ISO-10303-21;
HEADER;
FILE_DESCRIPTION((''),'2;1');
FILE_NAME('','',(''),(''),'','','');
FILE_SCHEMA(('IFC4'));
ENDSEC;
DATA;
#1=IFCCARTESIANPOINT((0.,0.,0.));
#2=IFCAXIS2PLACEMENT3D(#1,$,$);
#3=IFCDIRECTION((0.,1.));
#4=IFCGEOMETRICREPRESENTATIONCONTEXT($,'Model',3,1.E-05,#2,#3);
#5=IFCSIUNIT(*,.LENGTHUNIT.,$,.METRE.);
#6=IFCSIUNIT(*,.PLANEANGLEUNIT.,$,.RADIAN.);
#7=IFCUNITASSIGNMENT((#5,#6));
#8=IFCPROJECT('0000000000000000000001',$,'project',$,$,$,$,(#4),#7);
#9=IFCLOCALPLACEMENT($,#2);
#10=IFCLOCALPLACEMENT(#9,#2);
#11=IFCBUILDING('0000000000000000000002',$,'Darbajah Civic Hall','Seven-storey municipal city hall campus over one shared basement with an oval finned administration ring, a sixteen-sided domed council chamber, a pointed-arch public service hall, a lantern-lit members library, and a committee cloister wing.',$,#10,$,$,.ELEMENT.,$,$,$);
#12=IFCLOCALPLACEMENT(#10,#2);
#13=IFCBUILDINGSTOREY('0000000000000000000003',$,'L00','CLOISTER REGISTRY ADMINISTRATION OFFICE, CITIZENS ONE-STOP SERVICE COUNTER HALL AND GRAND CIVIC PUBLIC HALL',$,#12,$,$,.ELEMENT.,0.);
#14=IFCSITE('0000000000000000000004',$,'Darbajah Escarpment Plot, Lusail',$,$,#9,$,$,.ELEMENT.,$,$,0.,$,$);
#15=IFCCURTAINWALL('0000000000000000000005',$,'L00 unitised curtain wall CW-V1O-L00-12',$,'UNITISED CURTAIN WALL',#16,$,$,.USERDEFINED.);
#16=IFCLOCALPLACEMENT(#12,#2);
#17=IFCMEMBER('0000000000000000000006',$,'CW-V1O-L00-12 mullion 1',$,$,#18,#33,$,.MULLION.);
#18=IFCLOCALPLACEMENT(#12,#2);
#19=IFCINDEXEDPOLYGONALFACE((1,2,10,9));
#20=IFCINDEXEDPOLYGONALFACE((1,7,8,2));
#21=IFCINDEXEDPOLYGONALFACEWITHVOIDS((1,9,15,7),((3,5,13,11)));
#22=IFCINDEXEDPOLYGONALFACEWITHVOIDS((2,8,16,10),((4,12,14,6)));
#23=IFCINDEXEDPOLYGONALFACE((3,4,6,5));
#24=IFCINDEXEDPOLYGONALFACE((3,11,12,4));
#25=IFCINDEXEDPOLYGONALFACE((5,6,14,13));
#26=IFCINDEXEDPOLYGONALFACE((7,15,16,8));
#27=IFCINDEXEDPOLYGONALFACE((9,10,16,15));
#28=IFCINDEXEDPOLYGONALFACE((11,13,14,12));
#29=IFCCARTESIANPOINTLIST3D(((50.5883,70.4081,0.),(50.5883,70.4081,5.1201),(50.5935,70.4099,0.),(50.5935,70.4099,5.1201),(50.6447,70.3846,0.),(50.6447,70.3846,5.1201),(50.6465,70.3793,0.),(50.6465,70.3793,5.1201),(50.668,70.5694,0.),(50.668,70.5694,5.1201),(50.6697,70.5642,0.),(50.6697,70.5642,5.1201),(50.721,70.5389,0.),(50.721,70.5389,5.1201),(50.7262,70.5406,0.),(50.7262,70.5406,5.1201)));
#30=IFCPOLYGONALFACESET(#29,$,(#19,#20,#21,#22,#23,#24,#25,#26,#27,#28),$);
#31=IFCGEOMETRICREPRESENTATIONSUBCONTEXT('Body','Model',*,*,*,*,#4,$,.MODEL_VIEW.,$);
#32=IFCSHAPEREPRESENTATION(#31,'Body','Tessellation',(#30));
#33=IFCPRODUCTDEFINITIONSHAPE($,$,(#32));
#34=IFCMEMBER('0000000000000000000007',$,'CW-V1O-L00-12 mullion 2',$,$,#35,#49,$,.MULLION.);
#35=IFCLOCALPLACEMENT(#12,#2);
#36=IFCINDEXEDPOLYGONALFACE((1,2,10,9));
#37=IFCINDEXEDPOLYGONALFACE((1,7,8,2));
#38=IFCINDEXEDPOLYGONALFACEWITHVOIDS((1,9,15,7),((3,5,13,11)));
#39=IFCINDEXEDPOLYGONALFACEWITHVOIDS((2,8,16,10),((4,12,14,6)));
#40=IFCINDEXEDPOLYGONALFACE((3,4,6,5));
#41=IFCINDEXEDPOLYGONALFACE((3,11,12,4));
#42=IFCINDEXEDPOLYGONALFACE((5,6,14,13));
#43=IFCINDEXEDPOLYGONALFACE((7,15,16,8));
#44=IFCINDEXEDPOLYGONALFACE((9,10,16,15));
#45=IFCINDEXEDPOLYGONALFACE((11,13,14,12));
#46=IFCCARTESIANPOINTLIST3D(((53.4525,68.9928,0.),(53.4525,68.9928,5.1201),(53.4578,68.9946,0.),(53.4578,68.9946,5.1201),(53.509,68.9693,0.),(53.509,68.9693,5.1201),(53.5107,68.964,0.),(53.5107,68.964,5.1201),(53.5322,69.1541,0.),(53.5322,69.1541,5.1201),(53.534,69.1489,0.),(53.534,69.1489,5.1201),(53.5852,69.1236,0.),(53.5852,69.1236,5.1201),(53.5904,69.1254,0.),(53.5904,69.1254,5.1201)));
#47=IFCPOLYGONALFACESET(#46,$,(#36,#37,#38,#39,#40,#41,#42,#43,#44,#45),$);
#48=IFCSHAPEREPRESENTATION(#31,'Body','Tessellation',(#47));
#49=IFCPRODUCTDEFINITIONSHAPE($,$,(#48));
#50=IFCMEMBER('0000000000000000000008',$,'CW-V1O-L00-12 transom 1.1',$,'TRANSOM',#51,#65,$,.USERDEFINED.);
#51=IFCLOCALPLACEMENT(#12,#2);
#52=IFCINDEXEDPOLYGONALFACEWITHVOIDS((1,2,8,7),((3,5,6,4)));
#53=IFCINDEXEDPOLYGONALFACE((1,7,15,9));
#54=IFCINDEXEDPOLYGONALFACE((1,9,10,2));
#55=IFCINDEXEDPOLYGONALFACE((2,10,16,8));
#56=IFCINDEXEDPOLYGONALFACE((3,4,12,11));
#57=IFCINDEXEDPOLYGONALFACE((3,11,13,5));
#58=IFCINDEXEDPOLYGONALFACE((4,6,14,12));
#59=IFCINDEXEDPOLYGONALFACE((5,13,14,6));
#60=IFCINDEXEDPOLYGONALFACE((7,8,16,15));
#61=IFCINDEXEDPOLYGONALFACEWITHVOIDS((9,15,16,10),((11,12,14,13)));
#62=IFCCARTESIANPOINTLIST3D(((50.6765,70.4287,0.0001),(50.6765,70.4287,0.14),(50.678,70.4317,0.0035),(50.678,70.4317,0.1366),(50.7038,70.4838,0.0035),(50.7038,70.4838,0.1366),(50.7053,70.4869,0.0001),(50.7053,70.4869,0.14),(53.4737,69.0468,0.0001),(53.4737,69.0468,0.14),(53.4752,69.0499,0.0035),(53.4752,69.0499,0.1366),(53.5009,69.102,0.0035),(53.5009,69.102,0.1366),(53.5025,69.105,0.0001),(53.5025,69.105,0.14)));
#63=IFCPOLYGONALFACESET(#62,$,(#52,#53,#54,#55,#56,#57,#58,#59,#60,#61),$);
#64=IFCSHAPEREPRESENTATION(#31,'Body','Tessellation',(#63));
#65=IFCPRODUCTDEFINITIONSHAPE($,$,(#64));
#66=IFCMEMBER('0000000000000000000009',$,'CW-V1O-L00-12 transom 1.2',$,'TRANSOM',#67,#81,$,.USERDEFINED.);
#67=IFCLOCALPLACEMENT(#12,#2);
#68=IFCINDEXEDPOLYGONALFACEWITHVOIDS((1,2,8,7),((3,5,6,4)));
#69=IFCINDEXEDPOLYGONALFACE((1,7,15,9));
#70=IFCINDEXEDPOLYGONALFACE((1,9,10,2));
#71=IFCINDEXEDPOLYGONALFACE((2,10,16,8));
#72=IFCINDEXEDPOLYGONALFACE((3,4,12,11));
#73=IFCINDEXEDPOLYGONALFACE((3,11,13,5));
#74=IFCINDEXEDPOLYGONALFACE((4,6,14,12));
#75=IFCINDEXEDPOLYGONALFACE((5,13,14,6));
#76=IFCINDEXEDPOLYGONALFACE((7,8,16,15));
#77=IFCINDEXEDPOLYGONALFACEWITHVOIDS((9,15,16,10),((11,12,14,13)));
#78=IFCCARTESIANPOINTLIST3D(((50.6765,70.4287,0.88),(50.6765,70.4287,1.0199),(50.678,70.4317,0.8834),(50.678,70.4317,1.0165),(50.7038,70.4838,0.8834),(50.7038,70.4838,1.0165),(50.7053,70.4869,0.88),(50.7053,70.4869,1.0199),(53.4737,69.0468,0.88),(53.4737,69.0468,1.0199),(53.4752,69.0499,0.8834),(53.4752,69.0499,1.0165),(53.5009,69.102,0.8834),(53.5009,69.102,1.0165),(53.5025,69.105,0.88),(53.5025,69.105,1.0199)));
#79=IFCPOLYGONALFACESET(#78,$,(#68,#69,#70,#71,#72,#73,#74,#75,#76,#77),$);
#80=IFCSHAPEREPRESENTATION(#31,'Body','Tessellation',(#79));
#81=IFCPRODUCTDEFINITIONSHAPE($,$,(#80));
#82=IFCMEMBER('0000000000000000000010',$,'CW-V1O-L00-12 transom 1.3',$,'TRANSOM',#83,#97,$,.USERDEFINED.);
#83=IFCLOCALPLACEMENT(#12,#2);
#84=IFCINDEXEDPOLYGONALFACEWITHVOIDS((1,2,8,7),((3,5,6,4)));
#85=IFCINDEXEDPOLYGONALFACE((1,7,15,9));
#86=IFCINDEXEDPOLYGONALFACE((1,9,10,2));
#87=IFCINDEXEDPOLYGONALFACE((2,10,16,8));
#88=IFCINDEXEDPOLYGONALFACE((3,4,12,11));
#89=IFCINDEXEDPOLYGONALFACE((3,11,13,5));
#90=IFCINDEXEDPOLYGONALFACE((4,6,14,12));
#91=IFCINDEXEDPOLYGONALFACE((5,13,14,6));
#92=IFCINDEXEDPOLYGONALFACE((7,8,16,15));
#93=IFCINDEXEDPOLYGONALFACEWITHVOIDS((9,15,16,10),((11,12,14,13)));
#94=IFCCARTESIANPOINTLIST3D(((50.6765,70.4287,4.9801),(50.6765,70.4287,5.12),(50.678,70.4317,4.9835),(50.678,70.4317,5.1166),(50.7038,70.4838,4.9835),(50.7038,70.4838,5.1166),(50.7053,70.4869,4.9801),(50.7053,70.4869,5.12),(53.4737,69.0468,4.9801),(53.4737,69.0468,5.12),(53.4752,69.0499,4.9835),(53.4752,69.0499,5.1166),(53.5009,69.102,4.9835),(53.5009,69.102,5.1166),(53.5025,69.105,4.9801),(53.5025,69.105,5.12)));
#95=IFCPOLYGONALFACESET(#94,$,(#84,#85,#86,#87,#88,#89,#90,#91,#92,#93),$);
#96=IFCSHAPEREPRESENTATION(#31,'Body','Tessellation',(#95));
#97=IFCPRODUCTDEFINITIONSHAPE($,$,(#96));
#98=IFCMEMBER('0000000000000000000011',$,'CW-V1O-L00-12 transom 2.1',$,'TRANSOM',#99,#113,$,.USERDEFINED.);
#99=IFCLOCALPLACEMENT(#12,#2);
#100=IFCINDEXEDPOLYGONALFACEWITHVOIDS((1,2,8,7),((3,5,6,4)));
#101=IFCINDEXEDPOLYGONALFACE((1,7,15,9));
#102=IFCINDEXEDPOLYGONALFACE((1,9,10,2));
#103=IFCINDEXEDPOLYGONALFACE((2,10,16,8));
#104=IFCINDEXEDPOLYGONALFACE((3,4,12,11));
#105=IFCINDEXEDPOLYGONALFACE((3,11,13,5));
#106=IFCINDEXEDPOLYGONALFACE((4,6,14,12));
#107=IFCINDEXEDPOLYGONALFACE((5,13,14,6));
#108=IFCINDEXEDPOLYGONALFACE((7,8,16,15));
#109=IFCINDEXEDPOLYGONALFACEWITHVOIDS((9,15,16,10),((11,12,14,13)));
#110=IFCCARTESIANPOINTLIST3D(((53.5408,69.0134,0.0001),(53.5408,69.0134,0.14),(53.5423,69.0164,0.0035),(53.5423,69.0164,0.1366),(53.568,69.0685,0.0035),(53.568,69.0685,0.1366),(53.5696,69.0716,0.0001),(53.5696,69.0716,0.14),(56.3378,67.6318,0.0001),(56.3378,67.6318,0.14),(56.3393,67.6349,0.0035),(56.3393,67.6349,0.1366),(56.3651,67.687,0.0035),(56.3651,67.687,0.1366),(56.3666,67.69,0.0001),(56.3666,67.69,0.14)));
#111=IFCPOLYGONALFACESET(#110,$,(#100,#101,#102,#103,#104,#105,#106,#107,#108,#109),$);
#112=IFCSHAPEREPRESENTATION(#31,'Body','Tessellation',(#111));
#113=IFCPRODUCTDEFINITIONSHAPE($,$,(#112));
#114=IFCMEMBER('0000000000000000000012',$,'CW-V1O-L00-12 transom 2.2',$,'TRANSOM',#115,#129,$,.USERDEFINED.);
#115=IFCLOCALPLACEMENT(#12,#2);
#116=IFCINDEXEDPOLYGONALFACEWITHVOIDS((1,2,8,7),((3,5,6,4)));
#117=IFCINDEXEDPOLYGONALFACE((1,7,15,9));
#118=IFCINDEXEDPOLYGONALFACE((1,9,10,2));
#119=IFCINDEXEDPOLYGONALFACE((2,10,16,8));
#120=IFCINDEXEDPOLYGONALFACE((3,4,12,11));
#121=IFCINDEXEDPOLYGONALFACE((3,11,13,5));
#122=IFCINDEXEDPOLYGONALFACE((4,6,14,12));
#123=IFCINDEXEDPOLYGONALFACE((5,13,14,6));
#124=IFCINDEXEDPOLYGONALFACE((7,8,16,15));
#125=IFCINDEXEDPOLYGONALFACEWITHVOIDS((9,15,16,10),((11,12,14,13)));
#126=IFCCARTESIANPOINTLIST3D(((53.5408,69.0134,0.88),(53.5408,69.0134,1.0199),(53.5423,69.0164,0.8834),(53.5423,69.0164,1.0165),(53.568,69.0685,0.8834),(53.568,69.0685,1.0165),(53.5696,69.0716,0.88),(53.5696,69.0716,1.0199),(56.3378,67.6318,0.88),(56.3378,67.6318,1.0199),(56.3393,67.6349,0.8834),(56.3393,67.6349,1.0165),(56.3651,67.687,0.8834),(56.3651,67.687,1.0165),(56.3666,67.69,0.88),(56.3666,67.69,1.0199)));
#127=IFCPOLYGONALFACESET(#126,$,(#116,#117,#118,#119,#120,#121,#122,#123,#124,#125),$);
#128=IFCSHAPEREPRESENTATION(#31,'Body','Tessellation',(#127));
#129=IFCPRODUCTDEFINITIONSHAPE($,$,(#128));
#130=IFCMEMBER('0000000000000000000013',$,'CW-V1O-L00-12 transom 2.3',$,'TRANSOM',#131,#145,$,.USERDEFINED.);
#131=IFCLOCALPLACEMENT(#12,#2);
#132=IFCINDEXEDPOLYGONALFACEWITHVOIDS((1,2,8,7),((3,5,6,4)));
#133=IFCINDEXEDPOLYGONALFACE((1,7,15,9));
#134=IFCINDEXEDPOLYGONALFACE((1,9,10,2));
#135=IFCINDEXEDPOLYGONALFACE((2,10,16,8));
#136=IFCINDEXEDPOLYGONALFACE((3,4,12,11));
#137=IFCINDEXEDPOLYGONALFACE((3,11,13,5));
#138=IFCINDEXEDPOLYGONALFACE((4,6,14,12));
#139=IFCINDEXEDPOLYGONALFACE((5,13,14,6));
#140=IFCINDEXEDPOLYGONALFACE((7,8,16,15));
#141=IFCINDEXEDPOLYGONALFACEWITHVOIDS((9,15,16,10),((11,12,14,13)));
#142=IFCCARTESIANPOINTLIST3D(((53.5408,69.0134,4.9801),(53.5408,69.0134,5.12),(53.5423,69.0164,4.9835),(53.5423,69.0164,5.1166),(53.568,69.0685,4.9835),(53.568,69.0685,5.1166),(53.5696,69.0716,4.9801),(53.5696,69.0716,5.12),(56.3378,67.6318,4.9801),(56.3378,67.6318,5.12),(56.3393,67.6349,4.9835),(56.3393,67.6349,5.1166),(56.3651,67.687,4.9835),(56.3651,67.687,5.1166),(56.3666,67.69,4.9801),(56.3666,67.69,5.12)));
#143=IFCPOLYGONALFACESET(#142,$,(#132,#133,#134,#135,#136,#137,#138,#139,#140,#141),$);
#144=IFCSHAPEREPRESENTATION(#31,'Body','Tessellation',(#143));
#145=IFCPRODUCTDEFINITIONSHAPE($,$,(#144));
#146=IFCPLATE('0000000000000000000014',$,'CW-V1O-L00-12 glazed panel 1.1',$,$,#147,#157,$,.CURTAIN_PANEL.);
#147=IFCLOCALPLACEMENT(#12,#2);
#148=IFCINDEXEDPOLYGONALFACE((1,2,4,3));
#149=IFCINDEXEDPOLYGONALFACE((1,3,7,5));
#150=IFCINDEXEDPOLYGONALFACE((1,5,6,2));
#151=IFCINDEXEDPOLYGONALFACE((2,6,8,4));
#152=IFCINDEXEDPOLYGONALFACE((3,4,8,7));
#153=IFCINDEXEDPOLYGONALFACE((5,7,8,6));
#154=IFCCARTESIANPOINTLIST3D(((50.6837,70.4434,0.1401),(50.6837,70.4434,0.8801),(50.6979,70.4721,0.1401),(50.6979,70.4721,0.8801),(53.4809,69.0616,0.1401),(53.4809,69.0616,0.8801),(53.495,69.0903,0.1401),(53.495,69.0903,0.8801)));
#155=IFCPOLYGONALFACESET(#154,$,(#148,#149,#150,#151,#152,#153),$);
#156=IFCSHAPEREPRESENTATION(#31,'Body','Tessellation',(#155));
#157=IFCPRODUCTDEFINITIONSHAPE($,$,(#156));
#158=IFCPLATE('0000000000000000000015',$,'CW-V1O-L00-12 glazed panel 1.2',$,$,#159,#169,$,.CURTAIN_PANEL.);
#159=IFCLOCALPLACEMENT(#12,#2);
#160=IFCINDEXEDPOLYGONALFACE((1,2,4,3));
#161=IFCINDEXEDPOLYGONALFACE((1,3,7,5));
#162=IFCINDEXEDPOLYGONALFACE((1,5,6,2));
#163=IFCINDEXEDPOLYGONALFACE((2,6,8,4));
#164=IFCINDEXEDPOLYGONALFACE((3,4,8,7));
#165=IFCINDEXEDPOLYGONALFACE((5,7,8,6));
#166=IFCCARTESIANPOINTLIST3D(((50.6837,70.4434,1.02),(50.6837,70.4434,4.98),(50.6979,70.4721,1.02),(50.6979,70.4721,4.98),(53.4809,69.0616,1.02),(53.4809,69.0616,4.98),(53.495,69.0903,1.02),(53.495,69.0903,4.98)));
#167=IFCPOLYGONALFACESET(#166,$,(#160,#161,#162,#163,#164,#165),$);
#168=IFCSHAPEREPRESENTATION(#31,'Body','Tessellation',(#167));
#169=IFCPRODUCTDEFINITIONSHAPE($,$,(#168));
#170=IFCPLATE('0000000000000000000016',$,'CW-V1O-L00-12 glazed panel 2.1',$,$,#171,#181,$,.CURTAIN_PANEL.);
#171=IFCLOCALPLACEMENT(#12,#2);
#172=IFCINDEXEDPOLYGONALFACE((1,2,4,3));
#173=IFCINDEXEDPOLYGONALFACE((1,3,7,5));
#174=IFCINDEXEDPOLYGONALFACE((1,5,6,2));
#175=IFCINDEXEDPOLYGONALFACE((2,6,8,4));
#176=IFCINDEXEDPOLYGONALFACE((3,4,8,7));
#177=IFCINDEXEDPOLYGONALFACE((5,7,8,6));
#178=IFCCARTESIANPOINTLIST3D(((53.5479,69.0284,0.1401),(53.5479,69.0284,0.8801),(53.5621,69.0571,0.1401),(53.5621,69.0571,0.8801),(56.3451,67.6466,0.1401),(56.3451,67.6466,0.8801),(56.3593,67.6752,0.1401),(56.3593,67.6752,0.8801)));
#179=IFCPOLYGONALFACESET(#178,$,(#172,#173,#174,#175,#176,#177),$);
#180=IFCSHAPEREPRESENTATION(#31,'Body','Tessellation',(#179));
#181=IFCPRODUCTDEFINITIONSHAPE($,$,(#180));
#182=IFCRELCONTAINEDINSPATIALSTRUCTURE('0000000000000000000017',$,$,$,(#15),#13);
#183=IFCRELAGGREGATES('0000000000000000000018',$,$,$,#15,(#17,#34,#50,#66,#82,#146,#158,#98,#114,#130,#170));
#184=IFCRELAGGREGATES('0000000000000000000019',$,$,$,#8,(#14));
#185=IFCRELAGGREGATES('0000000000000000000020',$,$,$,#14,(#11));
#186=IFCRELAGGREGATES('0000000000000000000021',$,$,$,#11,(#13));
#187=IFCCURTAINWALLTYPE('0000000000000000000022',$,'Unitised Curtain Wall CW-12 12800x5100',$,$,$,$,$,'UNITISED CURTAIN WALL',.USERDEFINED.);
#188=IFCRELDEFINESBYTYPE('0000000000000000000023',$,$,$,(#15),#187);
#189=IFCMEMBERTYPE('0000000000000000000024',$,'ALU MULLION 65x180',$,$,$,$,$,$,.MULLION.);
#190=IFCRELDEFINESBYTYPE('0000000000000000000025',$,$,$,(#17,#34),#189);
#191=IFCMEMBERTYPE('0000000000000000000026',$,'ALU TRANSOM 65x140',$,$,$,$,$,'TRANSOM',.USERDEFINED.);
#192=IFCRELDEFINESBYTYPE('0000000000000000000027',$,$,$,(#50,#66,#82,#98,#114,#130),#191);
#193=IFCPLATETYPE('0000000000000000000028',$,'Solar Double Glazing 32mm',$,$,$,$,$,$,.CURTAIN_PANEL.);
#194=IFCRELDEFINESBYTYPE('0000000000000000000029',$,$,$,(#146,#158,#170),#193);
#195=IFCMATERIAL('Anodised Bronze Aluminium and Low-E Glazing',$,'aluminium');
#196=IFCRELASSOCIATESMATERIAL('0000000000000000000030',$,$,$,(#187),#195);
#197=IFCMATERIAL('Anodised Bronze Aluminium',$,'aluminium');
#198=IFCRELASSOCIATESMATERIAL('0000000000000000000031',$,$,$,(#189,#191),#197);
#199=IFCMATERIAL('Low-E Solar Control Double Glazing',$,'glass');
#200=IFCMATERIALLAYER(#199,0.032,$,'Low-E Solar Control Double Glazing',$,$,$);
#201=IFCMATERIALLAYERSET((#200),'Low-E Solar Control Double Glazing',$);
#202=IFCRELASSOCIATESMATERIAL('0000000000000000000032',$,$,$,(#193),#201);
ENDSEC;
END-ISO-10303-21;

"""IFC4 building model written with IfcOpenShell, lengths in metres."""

from ifc_helpers import new_model, si_unit, direction, frame, origin, origin_2d, place, context, subcontext, project, spatial, rectangle, hollow_rectangle, extrude, material, layer, layer_set, material_profile, profile_set, type_object, element, aggregate, save


model = new_model("IFC4")

# Units and contexts
model_context = context("Model", 3, precision=1e-05, world=origin(), true_north=direction((0.0, 1.0)))
body_context = subcontext(model_context, "Body", "Model", "MODEL_VIEW")
ifc_project = project(units=[si_unit("LENGTHUNIT", "METRE"), si_unit("PLANEANGLEUNIT", "RADIAN")], contexts=[model_context])

# Site, building, storey
site_placement = place(None, origin())
site = spatial("IfcSite", under=ifc_project, at=site_placement, Name="Darbajah Escarpment Plot, Lusail", CompositionType="ELEMENT", RefElevation=0.0)
building_placement = place(site_placement, origin())
building = spatial("IfcBuilding", under=site, at=building_placement, Name="Darbajah Civic Hall", Description="Seven-storey municipal city hall campus over one shared basement with an oval finned administration ring, a sixteen-sided domed council chamber, a pointed-arch public service hall, a lantern-lit members library, and a committee cloister wing.", CompositionType="ELEMENT")
storey_placement = place(building_placement, origin())
storey = spatial("IfcBuildingStorey", under=building, at=storey_placement, Name="L00", Description="CLOISTER REGISTRY ADMINISTRATION OFFICE, CITIZENS ONE-STOP SERVICE COUNTER HALL AND GRAND CIVIC PUBLIC HALL", CompositionType="ELEMENT", Elevation=0.0)

# Curtain wall, members, plates
ifc_material_1 = material(Name="Anodised Bronze Aluminium and Low-E Glazing", Category="aluminium")
curtain_wall_type = type_object("IfcCurtainWallType", Name="Unitised Curtain Wall CW-12 12800x5100", ElementType="UNITISED CURTAIN WALL", PredefinedType="USERDEFINED", material=ifc_material_1)
curtain_wall_placement = place(storey_placement, origin())
curtain_wall = element("IfcCurtainWall", 1, at=curtain_wall_placement, inside=storey, type_object=curtain_wall_type, Name="L00 unitised curtain wall CW-V1O-L00-12", ObjectType="UNITISED CURTAIN WALL", PredefinedType="USERDEFINED")
ifc_material_2 = material(Name="Anodised Bronze Aluminium", Category="aluminium")
ifc_material_profile_1 = material_profile(ifc_material_2, hollow_rectangle(XDim=0.0649, YDim=0.1799, WallThickness=0.0039, at=origin_2d()), Name="ALU MULLION 65x180")
ifc_profile_set_1 = profile_set([ifc_material_profile_1], Name="Anodised Bronze Aluminium")
member_type_1 = type_object("IfcMemberType", Name="ALU MULLION 65x180", PredefinedType="MULLION", material=ifc_profile_set_1)
member_1_placement = place(storey_placement, frame((50.6572, 70.4744, 0.0), z_axis=(0.0, 0.0, 1.0), x_axis=(0.896564, -0.442915, 0.0)))
member_1 = element("IfcMember", 2, at=member_1_placement, type_object=member_type_1, Name="CW-V1O-L00-12 mullion 1", PredefinedType="MULLION", context=body_context, shape_type="SweptSolid", body=[
    extrude(hollow_rectangle(XDim=0.0649, YDim=0.1799, WallThickness=0.0039, at=origin_2d()), origin(), (0.0, 0.0, 1.0), 5.1201),
])
member_2_placement = place(storey_placement, frame((53.5215, 69.0591, 0.0), z_axis=(0.0, 0.0, 1.0), x_axis=(0.896564, -0.442915, 0.0)))
member_2 = element("IfcMember", 3, at=member_2_placement, type_object=member_type_1, Name="CW-V1O-L00-12 mullion 2", PredefinedType="MULLION", context=body_context, shape_type="SweptSolid", body=[
    extrude(hollow_rectangle(XDim=0.0649, YDim=0.1799, WallThickness=0.0039, at=origin_2d()), origin(), (0.0, 0.0, 1.0), 5.1201),
])
ifc_material_profile_2 = material_profile(ifc_material_2, hollow_rectangle(XDim=0.0649, YDim=0.1399, WallThickness=0.0034, at=origin_2d()), Name="ALU TRANSOM 65x140")
ifc_profile_set_2 = profile_set([ifc_material_profile_2], Name="Anodised Bronze Aluminium")
member_type_2 = type_object("IfcMemberType", Name="ALU TRANSOM 65x140", ElementType="TRANSOM", PredefinedType="USERDEFINED", material=ifc_profile_set_2)
member_3_placement = place(storey_placement, frame((50.6909, 70.4578, 0.0701), z_axis=(0.896561, -0.44292, 0.0), x_axis=(0.44292, 0.896561, 0.0)))
member_3 = element("IfcMember", 4, at=member_3_placement, type_object=member_type_2, Name="CW-V1O-L00-12 transom 1.1", ObjectType="TRANSOM", PredefinedType="USERDEFINED", context=body_context, shape_type="SweptSolid", body=[
    extrude(hollow_rectangle(XDim=0.0649, YDim=0.1399, WallThickness=0.0034, at=origin_2d()), origin(), (0.0, 0.0, 1.0), 3.1199),
])
member_4_placement = place(storey_placement, frame((50.6909, 70.4578, 0.95), z_axis=(0.896561, -0.44292, 0.0), x_axis=(0.44292, 0.896561, 0.0)))
member_4 = element("IfcMember", 5, at=member_4_placement, type_object=member_type_2, Name="CW-V1O-L00-12 transom 1.2", ObjectType="TRANSOM", PredefinedType="USERDEFINED", context=body_context, shape_type="SweptSolid", body=[
    extrude(hollow_rectangle(XDim=0.0649, YDim=0.1399, WallThickness=0.0034, at=origin_2d()), origin(), (0.0, 0.0, 1.0), 3.1199),
])
member_5_placement = place(storey_placement, frame((50.6909, 70.4578, 5.05), z_axis=(0.896561, -0.44292, 0.0), x_axis=(0.44292, 0.896561, 0.0)))
member_5 = element("IfcMember", 6, at=member_5_placement, type_object=member_type_2, Name="CW-V1O-L00-12 transom 1.3", ObjectType="TRANSOM", PredefinedType="USERDEFINED", context=body_context, shape_type="SweptSolid", body=[
    extrude(hollow_rectangle(XDim=0.0649, YDim=0.1399, WallThickness=0.0034, at=origin_2d()), origin(), (0.0, 0.0, 1.0), 3.1199),
])
member_6_placement = place(storey_placement, frame((53.5552, 69.0425, 0.0701), z_axis=(0.896592, -0.442857, 0.0), x_axis=(0.442857, 0.896592, 0.0)))
member_6 = element("IfcMember", 7, at=member_6_placement, type_object=member_type_2, Name="CW-V1O-L00-12 transom 2.1", ObjectType="TRANSOM", PredefinedType="USERDEFINED", context=body_context, shape_type="SweptSolid", body=[
    extrude(hollow_rectangle(XDim=0.0649, YDim=0.1399, WallThickness=0.0034, at=origin_2d()), origin(), (0.0, 0.0, 1.0), 3.1196),
])
member_7_placement = place(storey_placement, frame((53.5552, 69.0425, 0.95), z_axis=(0.896592, -0.442857, 0.0), x_axis=(0.442857, 0.896592, 0.0)))
member_7 = element("IfcMember", 8, at=member_7_placement, type_object=member_type_2, Name="CW-V1O-L00-12 transom 2.2", ObjectType="TRANSOM", PredefinedType="USERDEFINED", context=body_context, shape_type="SweptSolid", body=[
    extrude(hollow_rectangle(XDim=0.0649, YDim=0.1399, WallThickness=0.0034, at=origin_2d()), origin(), (0.0, 0.0, 1.0), 3.1196),
])
member_8_placement = place(storey_placement, frame((53.5552, 69.0425, 5.05), z_axis=(0.896592, -0.442857, 0.0), x_axis=(0.442857, 0.896592, 0.0)))
member_8 = element("IfcMember", 9, at=member_8_placement, type_object=member_type_2, Name="CW-V1O-L00-12 transom 2.3", ObjectType="TRANSOM", PredefinedType="USERDEFINED", context=body_context, shape_type="SweptSolid", body=[
    extrude(hollow_rectangle(XDim=0.0649, YDim=0.1399, WallThickness=0.0034, at=origin_2d()), origin(), (0.0, 0.0, 1.0), 3.1196),
])
ifc_material_3 = material(Name="Low-E Solar Control Double Glazing", Category="glass")
ifc_layer = layer(ifc_material_3, 0.032, Name="Low-E Solar Control Double Glazing")
ifc_layer_set = layer_set([ifc_layer], Name="Low-E Solar Control Double Glazing")
plate_type = type_object("IfcPlateType", Name="Solar Double Glazing 32mm", PredefinedType="CURTAIN_PANEL", material=ifc_layer_set)
plate_1_placement = place(storey_placement, frame((52.0894, 69.7668, 0.1401), z_axis=(0.0, 0.0, 1.0), x_axis=(0.896564, -0.442915, 0.0)))
plate_1 = element("IfcPlate", 10, at=plate_1_placement, type_object=plate_type, Name="CW-V1O-L00-12 glazed panel 1.1", PredefinedType="CURTAIN_PANEL", context=body_context, shape_type="SweptSolid", body=[
    extrude(rectangle(XDim=3.1199, YDim=0.032, at=origin_2d()), origin(), (0.0, 0.0, 1.0), 0.74),
])
plate_2_placement = place(storey_placement, frame((52.0894, 69.7668, 1.02), z_axis=(0.0, 0.0, 1.0), x_axis=(0.896564, -0.442915, 0.0)))
plate_2 = element("IfcPlate", 11, at=plate_2_placement, type_object=plate_type, Name="CW-V1O-L00-12 glazed panel 1.2", PredefinedType="CURTAIN_PANEL", context=body_context, shape_type="SweptSolid", body=[
    extrude(rectangle(XDim=3.1199, YDim=0.032, at=origin_2d()), origin(), (0.0, 0.0, 1.0), 3.96),
])
plate_3_placement = place(storey_placement, frame((54.9536, 68.3518, 0.1401), z_axis=(0.0, 0.0, 1.0), x_axis=(0.896564, -0.442915, 0.0)))
plate_3 = element("IfcPlate", 12, at=plate_3_placement, type_object=plate_type, Name="CW-V1O-L00-12 glazed panel 2.1", PredefinedType="CURTAIN_PANEL", context=body_context, shape_type="SweptSolid", body=[
    extrude(rectangle(XDim=3.1199, YDim=0.032, at=origin_2d()), origin(), (0.0, 0.0, 1.0), 0.74),
])
aggregate(curtain_wall, [member_1, member_2, member_3, member_4, member_5, plate_1, plate_2, member_6, member_7, member_8, plate_3])

save(model, "model.ifc")
